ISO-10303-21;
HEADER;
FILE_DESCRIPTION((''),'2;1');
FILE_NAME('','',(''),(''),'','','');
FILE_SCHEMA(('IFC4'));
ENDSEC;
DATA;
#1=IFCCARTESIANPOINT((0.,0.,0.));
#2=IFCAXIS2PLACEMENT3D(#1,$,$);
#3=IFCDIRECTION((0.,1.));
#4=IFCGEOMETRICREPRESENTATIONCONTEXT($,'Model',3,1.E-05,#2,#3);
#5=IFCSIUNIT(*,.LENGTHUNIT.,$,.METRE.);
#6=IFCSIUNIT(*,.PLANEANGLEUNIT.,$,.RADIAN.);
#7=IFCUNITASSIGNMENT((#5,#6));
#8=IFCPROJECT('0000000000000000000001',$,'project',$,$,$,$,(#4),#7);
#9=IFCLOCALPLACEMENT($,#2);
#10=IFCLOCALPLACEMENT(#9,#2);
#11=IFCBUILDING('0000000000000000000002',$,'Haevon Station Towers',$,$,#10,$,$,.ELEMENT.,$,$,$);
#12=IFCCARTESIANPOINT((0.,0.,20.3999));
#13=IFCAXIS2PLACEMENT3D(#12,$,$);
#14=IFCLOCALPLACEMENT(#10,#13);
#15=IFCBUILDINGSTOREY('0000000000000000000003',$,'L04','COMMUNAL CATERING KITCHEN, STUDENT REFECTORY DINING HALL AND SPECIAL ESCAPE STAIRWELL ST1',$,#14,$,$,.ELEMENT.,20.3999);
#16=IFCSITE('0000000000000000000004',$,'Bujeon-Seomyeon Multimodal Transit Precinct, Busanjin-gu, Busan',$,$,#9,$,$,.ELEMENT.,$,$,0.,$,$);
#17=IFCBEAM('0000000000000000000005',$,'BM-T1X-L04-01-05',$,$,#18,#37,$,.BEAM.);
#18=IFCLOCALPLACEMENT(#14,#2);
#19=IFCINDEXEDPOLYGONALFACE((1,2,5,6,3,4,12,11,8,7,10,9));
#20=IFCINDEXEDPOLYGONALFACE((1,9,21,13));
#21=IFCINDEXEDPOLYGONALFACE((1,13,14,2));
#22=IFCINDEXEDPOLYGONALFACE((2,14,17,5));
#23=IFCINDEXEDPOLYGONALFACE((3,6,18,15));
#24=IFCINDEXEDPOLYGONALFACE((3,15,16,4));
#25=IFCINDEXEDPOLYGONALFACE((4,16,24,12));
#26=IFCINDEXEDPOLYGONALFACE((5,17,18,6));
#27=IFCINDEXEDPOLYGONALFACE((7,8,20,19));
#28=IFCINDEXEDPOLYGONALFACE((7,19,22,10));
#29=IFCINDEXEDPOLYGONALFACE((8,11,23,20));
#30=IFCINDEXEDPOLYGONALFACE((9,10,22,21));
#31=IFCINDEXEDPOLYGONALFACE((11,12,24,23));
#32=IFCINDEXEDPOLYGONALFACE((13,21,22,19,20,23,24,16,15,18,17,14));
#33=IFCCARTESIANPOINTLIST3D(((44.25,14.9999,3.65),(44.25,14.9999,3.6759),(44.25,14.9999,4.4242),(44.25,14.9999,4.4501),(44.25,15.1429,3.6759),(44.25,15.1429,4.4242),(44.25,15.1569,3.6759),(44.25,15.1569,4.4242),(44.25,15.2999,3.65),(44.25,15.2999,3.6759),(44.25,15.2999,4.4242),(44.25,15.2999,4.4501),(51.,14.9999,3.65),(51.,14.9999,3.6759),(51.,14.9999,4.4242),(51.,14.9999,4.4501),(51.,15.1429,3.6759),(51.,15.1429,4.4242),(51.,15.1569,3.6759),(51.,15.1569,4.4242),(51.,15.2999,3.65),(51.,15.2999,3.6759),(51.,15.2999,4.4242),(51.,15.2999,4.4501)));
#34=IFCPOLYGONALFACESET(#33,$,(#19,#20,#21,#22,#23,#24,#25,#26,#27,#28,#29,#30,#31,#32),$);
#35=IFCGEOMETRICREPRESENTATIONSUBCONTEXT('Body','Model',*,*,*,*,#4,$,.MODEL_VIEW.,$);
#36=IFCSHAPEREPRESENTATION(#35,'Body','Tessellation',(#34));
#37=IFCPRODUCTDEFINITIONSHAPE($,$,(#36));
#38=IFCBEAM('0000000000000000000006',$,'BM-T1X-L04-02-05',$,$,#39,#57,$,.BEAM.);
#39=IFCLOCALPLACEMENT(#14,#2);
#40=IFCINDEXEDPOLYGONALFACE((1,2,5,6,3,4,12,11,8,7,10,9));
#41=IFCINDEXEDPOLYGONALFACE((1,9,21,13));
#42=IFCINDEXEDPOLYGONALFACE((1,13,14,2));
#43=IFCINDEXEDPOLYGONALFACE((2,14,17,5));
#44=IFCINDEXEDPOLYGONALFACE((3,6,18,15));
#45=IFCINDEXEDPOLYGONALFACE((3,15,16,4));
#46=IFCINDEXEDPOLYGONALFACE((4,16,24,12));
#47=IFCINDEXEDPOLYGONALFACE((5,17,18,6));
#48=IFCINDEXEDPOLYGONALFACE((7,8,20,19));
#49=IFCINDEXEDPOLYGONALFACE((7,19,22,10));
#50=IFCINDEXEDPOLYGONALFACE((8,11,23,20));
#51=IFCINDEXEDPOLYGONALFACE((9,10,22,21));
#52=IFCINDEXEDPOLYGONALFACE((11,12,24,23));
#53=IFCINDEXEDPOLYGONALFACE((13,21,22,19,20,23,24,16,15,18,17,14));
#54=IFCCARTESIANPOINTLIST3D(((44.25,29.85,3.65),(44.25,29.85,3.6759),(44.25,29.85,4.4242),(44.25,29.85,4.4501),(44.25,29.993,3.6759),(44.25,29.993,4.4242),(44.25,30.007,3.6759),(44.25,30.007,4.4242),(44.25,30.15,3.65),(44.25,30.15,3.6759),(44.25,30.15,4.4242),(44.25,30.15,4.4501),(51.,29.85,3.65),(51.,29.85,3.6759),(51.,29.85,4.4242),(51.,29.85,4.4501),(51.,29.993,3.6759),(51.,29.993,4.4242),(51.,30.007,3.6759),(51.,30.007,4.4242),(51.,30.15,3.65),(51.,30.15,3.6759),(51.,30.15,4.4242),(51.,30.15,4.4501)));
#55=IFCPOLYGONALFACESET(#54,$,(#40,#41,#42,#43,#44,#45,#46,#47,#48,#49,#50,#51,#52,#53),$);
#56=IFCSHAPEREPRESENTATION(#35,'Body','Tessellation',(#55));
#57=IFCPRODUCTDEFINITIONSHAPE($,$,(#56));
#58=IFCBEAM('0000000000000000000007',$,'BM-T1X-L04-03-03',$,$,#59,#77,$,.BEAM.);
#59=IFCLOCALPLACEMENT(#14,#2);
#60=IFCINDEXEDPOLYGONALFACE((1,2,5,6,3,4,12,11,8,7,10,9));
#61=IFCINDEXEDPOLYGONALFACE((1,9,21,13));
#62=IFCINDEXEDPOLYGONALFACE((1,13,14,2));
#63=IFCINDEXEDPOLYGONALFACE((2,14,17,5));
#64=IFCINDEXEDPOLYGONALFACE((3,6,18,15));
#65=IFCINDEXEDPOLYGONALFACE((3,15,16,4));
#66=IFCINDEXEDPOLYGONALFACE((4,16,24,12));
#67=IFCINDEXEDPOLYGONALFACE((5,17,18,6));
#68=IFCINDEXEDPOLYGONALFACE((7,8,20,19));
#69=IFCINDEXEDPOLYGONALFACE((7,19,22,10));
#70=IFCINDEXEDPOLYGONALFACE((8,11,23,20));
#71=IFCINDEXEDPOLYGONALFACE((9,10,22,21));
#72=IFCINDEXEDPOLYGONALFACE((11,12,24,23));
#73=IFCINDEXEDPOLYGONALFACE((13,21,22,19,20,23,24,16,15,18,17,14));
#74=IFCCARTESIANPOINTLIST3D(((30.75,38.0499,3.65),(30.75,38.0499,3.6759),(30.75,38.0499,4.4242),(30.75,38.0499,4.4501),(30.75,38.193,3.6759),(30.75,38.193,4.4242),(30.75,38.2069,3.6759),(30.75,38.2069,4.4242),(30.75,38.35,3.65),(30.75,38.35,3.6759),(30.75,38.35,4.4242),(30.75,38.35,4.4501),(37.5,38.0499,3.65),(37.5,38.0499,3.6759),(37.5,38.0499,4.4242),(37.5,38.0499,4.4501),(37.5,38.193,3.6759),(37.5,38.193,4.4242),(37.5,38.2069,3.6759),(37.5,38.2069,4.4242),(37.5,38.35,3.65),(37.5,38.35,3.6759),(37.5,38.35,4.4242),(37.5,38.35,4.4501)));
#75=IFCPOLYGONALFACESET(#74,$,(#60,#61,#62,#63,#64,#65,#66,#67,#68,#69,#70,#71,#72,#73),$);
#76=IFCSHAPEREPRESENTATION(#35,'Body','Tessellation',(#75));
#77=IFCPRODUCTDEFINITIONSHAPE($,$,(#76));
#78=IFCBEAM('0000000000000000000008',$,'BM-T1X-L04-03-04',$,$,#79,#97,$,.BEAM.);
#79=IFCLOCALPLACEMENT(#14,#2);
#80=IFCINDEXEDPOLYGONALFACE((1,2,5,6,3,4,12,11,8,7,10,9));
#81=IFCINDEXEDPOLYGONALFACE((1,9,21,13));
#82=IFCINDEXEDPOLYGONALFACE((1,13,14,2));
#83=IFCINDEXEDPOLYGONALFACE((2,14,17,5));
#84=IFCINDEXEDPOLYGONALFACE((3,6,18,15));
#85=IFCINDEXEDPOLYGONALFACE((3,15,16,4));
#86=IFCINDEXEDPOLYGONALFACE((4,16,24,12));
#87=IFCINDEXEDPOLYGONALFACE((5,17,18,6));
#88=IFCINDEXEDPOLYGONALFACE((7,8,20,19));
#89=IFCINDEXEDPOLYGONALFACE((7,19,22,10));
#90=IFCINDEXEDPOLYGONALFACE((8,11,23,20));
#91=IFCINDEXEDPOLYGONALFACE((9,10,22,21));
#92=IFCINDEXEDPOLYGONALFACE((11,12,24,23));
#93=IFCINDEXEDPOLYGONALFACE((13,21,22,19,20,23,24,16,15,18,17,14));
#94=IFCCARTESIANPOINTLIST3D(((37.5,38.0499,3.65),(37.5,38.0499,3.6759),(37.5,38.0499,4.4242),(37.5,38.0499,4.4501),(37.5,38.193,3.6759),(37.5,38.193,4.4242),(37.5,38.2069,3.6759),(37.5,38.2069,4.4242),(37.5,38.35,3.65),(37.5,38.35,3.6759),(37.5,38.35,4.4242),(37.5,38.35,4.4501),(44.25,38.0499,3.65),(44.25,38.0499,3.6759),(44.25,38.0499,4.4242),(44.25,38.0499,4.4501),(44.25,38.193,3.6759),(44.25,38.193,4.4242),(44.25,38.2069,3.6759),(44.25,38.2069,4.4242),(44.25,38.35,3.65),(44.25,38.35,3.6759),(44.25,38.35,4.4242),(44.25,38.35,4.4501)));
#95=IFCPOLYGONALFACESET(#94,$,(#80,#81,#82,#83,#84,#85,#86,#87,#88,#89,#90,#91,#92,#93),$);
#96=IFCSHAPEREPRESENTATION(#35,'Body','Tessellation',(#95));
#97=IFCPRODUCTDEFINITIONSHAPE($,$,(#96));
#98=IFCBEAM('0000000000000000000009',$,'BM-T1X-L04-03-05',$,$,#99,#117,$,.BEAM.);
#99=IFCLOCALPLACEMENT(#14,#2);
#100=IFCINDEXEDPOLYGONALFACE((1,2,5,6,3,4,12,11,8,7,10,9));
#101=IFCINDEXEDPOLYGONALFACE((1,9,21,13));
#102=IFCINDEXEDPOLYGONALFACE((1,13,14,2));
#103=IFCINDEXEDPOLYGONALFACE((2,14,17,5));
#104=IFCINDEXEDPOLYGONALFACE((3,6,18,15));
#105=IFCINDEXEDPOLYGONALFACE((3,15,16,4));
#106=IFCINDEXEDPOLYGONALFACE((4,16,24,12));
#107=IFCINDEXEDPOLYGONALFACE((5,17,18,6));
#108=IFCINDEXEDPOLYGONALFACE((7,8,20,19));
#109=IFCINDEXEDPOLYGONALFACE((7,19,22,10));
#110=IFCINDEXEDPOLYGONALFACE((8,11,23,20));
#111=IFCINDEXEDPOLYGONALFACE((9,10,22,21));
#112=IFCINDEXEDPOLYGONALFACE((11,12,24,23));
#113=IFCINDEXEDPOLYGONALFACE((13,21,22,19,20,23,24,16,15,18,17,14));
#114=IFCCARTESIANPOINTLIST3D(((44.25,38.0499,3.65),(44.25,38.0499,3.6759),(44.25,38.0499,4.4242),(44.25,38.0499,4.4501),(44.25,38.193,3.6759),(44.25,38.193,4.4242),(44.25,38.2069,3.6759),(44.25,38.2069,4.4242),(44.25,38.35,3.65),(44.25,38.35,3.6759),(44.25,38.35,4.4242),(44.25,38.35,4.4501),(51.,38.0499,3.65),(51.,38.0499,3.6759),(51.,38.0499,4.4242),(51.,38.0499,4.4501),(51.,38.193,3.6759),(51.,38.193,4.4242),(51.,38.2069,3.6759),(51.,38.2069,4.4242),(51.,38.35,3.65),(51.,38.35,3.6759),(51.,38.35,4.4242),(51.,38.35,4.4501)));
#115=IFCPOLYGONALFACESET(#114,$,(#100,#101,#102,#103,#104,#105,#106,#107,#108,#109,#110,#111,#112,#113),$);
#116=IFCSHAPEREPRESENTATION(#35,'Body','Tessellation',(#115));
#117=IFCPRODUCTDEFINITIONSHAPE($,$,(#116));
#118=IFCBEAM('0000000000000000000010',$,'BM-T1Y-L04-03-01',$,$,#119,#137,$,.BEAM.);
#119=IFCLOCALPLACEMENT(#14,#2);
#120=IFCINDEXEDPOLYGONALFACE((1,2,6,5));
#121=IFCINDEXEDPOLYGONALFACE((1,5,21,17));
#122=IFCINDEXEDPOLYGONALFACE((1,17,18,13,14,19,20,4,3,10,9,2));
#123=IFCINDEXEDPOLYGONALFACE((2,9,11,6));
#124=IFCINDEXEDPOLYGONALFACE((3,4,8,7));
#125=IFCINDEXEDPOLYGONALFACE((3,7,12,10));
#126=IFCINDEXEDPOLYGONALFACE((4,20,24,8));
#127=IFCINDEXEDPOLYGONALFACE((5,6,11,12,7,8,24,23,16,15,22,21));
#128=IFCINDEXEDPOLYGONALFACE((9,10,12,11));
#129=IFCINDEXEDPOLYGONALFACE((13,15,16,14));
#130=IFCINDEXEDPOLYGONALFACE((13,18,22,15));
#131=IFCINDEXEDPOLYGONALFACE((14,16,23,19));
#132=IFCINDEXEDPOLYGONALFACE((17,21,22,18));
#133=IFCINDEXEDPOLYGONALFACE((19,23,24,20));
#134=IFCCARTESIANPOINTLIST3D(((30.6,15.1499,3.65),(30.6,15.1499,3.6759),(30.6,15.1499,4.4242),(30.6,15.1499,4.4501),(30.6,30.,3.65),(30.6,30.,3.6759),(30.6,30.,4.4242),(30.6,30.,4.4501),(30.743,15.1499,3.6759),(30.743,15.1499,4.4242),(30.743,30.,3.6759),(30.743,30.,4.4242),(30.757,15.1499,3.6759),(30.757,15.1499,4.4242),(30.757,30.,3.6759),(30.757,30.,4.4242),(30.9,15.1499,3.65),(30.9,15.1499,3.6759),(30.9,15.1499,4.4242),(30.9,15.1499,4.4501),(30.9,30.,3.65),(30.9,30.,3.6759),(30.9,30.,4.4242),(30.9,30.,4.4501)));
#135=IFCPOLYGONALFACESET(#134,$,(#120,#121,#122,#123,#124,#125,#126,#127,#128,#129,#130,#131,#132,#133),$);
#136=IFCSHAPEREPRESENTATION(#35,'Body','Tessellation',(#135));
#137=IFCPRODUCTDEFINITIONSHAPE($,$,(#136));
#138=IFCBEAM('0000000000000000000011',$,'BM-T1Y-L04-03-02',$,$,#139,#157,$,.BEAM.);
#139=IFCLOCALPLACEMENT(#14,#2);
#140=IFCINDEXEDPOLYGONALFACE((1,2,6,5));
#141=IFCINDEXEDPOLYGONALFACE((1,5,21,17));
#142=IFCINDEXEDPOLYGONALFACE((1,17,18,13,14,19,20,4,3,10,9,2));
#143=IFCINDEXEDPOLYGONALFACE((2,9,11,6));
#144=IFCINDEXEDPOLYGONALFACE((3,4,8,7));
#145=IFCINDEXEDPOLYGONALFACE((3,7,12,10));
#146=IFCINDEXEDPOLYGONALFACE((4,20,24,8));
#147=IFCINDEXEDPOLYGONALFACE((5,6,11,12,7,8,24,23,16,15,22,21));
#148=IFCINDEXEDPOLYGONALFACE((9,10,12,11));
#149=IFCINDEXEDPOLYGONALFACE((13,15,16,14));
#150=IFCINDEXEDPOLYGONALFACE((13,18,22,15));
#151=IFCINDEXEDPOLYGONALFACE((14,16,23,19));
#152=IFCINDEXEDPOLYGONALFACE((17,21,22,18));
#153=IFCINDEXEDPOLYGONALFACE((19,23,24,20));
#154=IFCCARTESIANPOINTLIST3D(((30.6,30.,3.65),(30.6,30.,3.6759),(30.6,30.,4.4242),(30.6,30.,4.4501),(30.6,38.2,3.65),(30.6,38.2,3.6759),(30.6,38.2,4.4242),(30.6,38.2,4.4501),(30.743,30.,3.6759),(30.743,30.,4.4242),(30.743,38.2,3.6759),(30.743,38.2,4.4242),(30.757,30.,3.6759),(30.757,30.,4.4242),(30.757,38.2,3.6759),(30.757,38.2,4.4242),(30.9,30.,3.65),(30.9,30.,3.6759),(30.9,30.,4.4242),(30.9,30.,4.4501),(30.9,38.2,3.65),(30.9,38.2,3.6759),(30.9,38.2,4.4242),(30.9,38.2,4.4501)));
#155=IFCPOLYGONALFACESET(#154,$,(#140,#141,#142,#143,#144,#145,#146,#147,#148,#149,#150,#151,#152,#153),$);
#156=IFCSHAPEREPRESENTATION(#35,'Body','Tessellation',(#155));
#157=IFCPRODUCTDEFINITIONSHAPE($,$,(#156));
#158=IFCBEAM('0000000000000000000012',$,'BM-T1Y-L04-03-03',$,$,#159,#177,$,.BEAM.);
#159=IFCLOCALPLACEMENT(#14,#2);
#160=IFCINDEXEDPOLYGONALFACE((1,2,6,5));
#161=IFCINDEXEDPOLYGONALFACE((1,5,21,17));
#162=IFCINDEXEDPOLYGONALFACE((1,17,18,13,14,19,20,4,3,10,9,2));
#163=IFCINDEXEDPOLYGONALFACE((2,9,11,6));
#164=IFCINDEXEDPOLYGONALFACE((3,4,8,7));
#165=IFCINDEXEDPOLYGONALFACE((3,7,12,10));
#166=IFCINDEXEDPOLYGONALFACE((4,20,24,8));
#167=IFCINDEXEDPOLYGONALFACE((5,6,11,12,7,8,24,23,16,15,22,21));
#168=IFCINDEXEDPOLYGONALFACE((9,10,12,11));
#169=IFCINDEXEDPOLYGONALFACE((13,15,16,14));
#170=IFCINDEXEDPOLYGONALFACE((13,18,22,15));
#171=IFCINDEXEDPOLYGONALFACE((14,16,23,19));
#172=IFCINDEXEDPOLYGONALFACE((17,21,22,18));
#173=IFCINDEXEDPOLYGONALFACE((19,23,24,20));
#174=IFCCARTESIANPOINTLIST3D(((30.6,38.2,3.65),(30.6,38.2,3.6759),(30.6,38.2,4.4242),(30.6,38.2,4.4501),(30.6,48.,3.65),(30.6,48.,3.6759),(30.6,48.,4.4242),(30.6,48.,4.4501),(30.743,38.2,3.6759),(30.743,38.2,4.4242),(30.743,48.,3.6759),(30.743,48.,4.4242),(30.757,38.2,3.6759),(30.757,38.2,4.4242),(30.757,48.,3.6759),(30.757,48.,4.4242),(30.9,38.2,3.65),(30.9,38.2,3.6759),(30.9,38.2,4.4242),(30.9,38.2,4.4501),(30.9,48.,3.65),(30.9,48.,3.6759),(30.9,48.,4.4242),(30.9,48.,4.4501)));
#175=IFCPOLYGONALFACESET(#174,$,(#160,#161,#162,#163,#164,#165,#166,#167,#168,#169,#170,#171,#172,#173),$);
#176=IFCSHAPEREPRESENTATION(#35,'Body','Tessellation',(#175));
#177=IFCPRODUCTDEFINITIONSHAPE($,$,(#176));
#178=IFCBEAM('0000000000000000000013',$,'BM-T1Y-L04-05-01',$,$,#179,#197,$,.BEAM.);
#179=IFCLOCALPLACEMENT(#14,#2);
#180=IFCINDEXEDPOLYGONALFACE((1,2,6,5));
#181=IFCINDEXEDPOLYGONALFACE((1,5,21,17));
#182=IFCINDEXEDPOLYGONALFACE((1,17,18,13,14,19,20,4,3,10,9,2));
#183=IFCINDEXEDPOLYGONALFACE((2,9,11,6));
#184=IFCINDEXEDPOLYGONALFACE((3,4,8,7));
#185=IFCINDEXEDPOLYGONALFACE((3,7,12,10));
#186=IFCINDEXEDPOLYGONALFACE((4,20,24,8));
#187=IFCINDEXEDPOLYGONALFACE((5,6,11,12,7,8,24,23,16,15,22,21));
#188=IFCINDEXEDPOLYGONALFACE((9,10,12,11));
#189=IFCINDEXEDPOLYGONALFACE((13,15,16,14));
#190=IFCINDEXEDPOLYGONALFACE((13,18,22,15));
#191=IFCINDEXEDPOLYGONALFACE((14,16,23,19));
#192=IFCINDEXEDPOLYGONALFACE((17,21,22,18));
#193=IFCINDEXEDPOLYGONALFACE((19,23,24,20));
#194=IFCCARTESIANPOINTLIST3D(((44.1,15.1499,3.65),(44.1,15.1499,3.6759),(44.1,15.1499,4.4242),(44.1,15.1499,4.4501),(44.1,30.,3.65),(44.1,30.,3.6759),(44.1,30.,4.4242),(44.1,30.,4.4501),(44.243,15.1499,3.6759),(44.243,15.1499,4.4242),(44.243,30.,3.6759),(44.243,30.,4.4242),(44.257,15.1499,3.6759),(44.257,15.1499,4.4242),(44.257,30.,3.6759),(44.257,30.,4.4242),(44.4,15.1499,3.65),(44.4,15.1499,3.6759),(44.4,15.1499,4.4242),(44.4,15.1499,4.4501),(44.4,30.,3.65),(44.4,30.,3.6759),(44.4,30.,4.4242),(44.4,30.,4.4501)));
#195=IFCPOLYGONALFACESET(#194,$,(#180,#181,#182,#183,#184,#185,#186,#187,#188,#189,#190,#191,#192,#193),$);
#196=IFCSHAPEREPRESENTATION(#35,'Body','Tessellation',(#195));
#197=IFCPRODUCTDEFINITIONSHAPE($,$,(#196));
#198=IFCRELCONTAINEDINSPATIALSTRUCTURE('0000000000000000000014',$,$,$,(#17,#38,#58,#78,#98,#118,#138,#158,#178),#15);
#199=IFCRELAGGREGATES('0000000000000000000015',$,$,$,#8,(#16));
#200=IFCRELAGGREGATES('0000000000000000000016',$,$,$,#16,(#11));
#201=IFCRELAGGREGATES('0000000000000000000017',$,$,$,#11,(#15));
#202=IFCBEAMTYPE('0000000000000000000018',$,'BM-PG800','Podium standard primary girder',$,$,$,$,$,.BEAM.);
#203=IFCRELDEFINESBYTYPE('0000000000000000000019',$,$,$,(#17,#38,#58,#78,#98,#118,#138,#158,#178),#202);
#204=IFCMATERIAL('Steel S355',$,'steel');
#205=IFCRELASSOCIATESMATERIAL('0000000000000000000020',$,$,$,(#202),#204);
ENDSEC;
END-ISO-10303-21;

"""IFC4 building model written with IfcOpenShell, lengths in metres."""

from ifc_helpers import new_model, si_unit, direction, frame, origin, origin_2d, place, context, subcontext, project, spatial, i_section, extrude, material, material_profile, profile_set, type_object, element, save


model = new_model("IFC4")

# Units and contexts
model_context = context("Model", 3, precision=1e-05, world=origin(), true_north=direction((0.0, 1.0)))
body_context = subcontext(model_context, "Body", "Model", "MODEL_VIEW")
ifc_project = project(units=[si_unit("LENGTHUNIT", "METRE"), si_unit("PLANEANGLEUNIT", "RADIAN")], contexts=[model_context])

# Site, building, storey
site_placement = place(None, origin())
site = spatial("IfcSite", under=ifc_project, at=site_placement, Name="Bujeon-Seomyeon Multimodal Transit Precinct, Busanjin-gu, Busan", CompositionType="ELEMENT", RefElevation=0.0)
building_placement = place(site_placement, origin())
building = spatial("IfcBuilding", under=site, at=building_placement, Name="Haevon Station Towers", CompositionType="ELEMENT")
storey_placement = place(building_placement, frame((0.0, 0.0, 20.3999)))
storey = spatial("IfcBuildingStorey", under=building, at=storey_placement, Name="L04", Description="COMMUNAL CATERING KITCHEN, STUDENT REFECTORY DINING HALL AND SPECIAL ESCAPE STAIRWELL ST1", CompositionType="ELEMENT", Elevation=20.3999)

# Beams
ifc_material_1 = material(Name="Steel S355", Category="steel")
ifc_material_profile_1 = material_profile(ifc_material_1, i_section(OverallWidth=0.3, OverallDepth=0.8, WebThickness=0.0139, FlangeThickness=0.0259, at=origin_2d()), Name="H-800x300x14x26")
ifc_profile_set_1 = profile_set([ifc_material_profile_1], Name="Steel S355")
beam_type_1 = type_object("IfcBeamType", Name="BM-PG800", Description="Podium standard primary girder", PredefinedType="BEAM", material=ifc_profile_set_1)
for number, where, z_axis, x_axis, name in (
    (1, (44.25, 15.1499, 4.05), (1.0, 0.0, 0.0), (0.0, 1.0, 0.0), "BM-T1X-L04-01-05"),
    (2, (44.25, 30.0, 4.05), (1.0, 0.0, 0.0), (0.0, 1.0, 0.0), "BM-T1X-L04-02-05"),
    (3, (30.75, 38.2, 4.05), (1.0, 0.0, 0.0), (0.0, 1.0, 0.0), "BM-T1X-L04-03-03"),
    (4, (37.5, 38.2, 4.05), (1.0, 0.0, 0.0), (0.0, 1.0, 0.0), "BM-T1X-L04-03-04"),
    (5, (44.25, 38.2, 4.05), (1.0, 0.0, 0.0), (0.0, 1.0, 0.0), "BM-T1X-L04-03-05"),
):
    element("IfcBeam", number, at=place(storey_placement, frame(where, z_axis=z_axis, x_axis=x_axis)), inside=storey, type_object=beam_type_1, Name=name, PredefinedType="BEAM", context=body_context, shape_type="SweptSolid", body=[
        extrude(i_section(OverallWidth=0.3, OverallDepth=0.8, WebThickness=0.0139, FlangeThickness=0.0259, at=origin_2d()), origin(), (0.0, 0.0, 1.0), 6.75),
    ])
beam_1_placement = place(storey_placement, frame((30.75, 15.1499, 4.05), z_axis=(0.0, 1.0, 0.0), x_axis=(-1.0, 0.0, 0.0)))
element("IfcBeam", 6, at=beam_1_placement, inside=storey, type_object=beam_type_1, Name="BM-T1Y-L04-03-01", PredefinedType="BEAM", context=body_context, shape_type="SweptSolid", body=[
    extrude(i_section(OverallWidth=0.3, OverallDepth=0.8, WebThickness=0.0139, FlangeThickness=0.0259, at=origin_2d()), origin(), (0.0, 0.0, 1.0), 14.8501),
])
beam_2_placement = place(storey_placement, frame((30.75, 30.0, 4.05), z_axis=(0.0, 1.0, 0.0), x_axis=(-1.0, 0.0, 0.0)))
element("IfcBeam", 7, at=beam_2_placement, inside=storey, type_object=beam_type_1, Name="BM-T1Y-L04-03-02", PredefinedType="BEAM", context=body_context, shape_type="SweptSolid", body=[
    extrude(i_section(OverallWidth=0.3, OverallDepth=0.8, WebThickness=0.0139, FlangeThickness=0.0259, at=origin_2d()), origin(), (0.0, 0.0, 1.0), 8.2),
])
beam_3_placement = place(storey_placement, frame((30.75, 38.2, 4.05), z_axis=(0.0, 1.0, 0.0), x_axis=(-1.0, 0.0, 0.0)))
element("IfcBeam", 8, at=beam_3_placement, inside=storey, type_object=beam_type_1, Name="BM-T1Y-L04-03-03", PredefinedType="BEAM", context=body_context, shape_type="SweptSolid", body=[
    extrude(i_section(OverallWidth=0.3, OverallDepth=0.8, WebThickness=0.0139, FlangeThickness=0.0259, at=origin_2d()), origin(), (0.0, 0.0, 1.0), 9.8),
])
beam_4_placement = place(storey_placement, frame((44.25, 15.1499, 4.05), z_axis=(0.0, 1.0, 0.0), x_axis=(-1.0, 0.0, 0.0)))
element("IfcBeam", 9, at=beam_4_placement, inside=storey, type_object=beam_type_1, Name="BM-T1Y-L04-05-01", PredefinedType="BEAM", context=body_context, shape_type="SweptSolid", body=[
    extrude(i_section(OverallWidth=0.3, OverallDepth=0.8, WebThickness=0.0139, FlangeThickness=0.0259, at=origin_2d()), origin(), (0.0, 0.0, 1.0), 14.8501),
])

save(model, "model.ifc")
